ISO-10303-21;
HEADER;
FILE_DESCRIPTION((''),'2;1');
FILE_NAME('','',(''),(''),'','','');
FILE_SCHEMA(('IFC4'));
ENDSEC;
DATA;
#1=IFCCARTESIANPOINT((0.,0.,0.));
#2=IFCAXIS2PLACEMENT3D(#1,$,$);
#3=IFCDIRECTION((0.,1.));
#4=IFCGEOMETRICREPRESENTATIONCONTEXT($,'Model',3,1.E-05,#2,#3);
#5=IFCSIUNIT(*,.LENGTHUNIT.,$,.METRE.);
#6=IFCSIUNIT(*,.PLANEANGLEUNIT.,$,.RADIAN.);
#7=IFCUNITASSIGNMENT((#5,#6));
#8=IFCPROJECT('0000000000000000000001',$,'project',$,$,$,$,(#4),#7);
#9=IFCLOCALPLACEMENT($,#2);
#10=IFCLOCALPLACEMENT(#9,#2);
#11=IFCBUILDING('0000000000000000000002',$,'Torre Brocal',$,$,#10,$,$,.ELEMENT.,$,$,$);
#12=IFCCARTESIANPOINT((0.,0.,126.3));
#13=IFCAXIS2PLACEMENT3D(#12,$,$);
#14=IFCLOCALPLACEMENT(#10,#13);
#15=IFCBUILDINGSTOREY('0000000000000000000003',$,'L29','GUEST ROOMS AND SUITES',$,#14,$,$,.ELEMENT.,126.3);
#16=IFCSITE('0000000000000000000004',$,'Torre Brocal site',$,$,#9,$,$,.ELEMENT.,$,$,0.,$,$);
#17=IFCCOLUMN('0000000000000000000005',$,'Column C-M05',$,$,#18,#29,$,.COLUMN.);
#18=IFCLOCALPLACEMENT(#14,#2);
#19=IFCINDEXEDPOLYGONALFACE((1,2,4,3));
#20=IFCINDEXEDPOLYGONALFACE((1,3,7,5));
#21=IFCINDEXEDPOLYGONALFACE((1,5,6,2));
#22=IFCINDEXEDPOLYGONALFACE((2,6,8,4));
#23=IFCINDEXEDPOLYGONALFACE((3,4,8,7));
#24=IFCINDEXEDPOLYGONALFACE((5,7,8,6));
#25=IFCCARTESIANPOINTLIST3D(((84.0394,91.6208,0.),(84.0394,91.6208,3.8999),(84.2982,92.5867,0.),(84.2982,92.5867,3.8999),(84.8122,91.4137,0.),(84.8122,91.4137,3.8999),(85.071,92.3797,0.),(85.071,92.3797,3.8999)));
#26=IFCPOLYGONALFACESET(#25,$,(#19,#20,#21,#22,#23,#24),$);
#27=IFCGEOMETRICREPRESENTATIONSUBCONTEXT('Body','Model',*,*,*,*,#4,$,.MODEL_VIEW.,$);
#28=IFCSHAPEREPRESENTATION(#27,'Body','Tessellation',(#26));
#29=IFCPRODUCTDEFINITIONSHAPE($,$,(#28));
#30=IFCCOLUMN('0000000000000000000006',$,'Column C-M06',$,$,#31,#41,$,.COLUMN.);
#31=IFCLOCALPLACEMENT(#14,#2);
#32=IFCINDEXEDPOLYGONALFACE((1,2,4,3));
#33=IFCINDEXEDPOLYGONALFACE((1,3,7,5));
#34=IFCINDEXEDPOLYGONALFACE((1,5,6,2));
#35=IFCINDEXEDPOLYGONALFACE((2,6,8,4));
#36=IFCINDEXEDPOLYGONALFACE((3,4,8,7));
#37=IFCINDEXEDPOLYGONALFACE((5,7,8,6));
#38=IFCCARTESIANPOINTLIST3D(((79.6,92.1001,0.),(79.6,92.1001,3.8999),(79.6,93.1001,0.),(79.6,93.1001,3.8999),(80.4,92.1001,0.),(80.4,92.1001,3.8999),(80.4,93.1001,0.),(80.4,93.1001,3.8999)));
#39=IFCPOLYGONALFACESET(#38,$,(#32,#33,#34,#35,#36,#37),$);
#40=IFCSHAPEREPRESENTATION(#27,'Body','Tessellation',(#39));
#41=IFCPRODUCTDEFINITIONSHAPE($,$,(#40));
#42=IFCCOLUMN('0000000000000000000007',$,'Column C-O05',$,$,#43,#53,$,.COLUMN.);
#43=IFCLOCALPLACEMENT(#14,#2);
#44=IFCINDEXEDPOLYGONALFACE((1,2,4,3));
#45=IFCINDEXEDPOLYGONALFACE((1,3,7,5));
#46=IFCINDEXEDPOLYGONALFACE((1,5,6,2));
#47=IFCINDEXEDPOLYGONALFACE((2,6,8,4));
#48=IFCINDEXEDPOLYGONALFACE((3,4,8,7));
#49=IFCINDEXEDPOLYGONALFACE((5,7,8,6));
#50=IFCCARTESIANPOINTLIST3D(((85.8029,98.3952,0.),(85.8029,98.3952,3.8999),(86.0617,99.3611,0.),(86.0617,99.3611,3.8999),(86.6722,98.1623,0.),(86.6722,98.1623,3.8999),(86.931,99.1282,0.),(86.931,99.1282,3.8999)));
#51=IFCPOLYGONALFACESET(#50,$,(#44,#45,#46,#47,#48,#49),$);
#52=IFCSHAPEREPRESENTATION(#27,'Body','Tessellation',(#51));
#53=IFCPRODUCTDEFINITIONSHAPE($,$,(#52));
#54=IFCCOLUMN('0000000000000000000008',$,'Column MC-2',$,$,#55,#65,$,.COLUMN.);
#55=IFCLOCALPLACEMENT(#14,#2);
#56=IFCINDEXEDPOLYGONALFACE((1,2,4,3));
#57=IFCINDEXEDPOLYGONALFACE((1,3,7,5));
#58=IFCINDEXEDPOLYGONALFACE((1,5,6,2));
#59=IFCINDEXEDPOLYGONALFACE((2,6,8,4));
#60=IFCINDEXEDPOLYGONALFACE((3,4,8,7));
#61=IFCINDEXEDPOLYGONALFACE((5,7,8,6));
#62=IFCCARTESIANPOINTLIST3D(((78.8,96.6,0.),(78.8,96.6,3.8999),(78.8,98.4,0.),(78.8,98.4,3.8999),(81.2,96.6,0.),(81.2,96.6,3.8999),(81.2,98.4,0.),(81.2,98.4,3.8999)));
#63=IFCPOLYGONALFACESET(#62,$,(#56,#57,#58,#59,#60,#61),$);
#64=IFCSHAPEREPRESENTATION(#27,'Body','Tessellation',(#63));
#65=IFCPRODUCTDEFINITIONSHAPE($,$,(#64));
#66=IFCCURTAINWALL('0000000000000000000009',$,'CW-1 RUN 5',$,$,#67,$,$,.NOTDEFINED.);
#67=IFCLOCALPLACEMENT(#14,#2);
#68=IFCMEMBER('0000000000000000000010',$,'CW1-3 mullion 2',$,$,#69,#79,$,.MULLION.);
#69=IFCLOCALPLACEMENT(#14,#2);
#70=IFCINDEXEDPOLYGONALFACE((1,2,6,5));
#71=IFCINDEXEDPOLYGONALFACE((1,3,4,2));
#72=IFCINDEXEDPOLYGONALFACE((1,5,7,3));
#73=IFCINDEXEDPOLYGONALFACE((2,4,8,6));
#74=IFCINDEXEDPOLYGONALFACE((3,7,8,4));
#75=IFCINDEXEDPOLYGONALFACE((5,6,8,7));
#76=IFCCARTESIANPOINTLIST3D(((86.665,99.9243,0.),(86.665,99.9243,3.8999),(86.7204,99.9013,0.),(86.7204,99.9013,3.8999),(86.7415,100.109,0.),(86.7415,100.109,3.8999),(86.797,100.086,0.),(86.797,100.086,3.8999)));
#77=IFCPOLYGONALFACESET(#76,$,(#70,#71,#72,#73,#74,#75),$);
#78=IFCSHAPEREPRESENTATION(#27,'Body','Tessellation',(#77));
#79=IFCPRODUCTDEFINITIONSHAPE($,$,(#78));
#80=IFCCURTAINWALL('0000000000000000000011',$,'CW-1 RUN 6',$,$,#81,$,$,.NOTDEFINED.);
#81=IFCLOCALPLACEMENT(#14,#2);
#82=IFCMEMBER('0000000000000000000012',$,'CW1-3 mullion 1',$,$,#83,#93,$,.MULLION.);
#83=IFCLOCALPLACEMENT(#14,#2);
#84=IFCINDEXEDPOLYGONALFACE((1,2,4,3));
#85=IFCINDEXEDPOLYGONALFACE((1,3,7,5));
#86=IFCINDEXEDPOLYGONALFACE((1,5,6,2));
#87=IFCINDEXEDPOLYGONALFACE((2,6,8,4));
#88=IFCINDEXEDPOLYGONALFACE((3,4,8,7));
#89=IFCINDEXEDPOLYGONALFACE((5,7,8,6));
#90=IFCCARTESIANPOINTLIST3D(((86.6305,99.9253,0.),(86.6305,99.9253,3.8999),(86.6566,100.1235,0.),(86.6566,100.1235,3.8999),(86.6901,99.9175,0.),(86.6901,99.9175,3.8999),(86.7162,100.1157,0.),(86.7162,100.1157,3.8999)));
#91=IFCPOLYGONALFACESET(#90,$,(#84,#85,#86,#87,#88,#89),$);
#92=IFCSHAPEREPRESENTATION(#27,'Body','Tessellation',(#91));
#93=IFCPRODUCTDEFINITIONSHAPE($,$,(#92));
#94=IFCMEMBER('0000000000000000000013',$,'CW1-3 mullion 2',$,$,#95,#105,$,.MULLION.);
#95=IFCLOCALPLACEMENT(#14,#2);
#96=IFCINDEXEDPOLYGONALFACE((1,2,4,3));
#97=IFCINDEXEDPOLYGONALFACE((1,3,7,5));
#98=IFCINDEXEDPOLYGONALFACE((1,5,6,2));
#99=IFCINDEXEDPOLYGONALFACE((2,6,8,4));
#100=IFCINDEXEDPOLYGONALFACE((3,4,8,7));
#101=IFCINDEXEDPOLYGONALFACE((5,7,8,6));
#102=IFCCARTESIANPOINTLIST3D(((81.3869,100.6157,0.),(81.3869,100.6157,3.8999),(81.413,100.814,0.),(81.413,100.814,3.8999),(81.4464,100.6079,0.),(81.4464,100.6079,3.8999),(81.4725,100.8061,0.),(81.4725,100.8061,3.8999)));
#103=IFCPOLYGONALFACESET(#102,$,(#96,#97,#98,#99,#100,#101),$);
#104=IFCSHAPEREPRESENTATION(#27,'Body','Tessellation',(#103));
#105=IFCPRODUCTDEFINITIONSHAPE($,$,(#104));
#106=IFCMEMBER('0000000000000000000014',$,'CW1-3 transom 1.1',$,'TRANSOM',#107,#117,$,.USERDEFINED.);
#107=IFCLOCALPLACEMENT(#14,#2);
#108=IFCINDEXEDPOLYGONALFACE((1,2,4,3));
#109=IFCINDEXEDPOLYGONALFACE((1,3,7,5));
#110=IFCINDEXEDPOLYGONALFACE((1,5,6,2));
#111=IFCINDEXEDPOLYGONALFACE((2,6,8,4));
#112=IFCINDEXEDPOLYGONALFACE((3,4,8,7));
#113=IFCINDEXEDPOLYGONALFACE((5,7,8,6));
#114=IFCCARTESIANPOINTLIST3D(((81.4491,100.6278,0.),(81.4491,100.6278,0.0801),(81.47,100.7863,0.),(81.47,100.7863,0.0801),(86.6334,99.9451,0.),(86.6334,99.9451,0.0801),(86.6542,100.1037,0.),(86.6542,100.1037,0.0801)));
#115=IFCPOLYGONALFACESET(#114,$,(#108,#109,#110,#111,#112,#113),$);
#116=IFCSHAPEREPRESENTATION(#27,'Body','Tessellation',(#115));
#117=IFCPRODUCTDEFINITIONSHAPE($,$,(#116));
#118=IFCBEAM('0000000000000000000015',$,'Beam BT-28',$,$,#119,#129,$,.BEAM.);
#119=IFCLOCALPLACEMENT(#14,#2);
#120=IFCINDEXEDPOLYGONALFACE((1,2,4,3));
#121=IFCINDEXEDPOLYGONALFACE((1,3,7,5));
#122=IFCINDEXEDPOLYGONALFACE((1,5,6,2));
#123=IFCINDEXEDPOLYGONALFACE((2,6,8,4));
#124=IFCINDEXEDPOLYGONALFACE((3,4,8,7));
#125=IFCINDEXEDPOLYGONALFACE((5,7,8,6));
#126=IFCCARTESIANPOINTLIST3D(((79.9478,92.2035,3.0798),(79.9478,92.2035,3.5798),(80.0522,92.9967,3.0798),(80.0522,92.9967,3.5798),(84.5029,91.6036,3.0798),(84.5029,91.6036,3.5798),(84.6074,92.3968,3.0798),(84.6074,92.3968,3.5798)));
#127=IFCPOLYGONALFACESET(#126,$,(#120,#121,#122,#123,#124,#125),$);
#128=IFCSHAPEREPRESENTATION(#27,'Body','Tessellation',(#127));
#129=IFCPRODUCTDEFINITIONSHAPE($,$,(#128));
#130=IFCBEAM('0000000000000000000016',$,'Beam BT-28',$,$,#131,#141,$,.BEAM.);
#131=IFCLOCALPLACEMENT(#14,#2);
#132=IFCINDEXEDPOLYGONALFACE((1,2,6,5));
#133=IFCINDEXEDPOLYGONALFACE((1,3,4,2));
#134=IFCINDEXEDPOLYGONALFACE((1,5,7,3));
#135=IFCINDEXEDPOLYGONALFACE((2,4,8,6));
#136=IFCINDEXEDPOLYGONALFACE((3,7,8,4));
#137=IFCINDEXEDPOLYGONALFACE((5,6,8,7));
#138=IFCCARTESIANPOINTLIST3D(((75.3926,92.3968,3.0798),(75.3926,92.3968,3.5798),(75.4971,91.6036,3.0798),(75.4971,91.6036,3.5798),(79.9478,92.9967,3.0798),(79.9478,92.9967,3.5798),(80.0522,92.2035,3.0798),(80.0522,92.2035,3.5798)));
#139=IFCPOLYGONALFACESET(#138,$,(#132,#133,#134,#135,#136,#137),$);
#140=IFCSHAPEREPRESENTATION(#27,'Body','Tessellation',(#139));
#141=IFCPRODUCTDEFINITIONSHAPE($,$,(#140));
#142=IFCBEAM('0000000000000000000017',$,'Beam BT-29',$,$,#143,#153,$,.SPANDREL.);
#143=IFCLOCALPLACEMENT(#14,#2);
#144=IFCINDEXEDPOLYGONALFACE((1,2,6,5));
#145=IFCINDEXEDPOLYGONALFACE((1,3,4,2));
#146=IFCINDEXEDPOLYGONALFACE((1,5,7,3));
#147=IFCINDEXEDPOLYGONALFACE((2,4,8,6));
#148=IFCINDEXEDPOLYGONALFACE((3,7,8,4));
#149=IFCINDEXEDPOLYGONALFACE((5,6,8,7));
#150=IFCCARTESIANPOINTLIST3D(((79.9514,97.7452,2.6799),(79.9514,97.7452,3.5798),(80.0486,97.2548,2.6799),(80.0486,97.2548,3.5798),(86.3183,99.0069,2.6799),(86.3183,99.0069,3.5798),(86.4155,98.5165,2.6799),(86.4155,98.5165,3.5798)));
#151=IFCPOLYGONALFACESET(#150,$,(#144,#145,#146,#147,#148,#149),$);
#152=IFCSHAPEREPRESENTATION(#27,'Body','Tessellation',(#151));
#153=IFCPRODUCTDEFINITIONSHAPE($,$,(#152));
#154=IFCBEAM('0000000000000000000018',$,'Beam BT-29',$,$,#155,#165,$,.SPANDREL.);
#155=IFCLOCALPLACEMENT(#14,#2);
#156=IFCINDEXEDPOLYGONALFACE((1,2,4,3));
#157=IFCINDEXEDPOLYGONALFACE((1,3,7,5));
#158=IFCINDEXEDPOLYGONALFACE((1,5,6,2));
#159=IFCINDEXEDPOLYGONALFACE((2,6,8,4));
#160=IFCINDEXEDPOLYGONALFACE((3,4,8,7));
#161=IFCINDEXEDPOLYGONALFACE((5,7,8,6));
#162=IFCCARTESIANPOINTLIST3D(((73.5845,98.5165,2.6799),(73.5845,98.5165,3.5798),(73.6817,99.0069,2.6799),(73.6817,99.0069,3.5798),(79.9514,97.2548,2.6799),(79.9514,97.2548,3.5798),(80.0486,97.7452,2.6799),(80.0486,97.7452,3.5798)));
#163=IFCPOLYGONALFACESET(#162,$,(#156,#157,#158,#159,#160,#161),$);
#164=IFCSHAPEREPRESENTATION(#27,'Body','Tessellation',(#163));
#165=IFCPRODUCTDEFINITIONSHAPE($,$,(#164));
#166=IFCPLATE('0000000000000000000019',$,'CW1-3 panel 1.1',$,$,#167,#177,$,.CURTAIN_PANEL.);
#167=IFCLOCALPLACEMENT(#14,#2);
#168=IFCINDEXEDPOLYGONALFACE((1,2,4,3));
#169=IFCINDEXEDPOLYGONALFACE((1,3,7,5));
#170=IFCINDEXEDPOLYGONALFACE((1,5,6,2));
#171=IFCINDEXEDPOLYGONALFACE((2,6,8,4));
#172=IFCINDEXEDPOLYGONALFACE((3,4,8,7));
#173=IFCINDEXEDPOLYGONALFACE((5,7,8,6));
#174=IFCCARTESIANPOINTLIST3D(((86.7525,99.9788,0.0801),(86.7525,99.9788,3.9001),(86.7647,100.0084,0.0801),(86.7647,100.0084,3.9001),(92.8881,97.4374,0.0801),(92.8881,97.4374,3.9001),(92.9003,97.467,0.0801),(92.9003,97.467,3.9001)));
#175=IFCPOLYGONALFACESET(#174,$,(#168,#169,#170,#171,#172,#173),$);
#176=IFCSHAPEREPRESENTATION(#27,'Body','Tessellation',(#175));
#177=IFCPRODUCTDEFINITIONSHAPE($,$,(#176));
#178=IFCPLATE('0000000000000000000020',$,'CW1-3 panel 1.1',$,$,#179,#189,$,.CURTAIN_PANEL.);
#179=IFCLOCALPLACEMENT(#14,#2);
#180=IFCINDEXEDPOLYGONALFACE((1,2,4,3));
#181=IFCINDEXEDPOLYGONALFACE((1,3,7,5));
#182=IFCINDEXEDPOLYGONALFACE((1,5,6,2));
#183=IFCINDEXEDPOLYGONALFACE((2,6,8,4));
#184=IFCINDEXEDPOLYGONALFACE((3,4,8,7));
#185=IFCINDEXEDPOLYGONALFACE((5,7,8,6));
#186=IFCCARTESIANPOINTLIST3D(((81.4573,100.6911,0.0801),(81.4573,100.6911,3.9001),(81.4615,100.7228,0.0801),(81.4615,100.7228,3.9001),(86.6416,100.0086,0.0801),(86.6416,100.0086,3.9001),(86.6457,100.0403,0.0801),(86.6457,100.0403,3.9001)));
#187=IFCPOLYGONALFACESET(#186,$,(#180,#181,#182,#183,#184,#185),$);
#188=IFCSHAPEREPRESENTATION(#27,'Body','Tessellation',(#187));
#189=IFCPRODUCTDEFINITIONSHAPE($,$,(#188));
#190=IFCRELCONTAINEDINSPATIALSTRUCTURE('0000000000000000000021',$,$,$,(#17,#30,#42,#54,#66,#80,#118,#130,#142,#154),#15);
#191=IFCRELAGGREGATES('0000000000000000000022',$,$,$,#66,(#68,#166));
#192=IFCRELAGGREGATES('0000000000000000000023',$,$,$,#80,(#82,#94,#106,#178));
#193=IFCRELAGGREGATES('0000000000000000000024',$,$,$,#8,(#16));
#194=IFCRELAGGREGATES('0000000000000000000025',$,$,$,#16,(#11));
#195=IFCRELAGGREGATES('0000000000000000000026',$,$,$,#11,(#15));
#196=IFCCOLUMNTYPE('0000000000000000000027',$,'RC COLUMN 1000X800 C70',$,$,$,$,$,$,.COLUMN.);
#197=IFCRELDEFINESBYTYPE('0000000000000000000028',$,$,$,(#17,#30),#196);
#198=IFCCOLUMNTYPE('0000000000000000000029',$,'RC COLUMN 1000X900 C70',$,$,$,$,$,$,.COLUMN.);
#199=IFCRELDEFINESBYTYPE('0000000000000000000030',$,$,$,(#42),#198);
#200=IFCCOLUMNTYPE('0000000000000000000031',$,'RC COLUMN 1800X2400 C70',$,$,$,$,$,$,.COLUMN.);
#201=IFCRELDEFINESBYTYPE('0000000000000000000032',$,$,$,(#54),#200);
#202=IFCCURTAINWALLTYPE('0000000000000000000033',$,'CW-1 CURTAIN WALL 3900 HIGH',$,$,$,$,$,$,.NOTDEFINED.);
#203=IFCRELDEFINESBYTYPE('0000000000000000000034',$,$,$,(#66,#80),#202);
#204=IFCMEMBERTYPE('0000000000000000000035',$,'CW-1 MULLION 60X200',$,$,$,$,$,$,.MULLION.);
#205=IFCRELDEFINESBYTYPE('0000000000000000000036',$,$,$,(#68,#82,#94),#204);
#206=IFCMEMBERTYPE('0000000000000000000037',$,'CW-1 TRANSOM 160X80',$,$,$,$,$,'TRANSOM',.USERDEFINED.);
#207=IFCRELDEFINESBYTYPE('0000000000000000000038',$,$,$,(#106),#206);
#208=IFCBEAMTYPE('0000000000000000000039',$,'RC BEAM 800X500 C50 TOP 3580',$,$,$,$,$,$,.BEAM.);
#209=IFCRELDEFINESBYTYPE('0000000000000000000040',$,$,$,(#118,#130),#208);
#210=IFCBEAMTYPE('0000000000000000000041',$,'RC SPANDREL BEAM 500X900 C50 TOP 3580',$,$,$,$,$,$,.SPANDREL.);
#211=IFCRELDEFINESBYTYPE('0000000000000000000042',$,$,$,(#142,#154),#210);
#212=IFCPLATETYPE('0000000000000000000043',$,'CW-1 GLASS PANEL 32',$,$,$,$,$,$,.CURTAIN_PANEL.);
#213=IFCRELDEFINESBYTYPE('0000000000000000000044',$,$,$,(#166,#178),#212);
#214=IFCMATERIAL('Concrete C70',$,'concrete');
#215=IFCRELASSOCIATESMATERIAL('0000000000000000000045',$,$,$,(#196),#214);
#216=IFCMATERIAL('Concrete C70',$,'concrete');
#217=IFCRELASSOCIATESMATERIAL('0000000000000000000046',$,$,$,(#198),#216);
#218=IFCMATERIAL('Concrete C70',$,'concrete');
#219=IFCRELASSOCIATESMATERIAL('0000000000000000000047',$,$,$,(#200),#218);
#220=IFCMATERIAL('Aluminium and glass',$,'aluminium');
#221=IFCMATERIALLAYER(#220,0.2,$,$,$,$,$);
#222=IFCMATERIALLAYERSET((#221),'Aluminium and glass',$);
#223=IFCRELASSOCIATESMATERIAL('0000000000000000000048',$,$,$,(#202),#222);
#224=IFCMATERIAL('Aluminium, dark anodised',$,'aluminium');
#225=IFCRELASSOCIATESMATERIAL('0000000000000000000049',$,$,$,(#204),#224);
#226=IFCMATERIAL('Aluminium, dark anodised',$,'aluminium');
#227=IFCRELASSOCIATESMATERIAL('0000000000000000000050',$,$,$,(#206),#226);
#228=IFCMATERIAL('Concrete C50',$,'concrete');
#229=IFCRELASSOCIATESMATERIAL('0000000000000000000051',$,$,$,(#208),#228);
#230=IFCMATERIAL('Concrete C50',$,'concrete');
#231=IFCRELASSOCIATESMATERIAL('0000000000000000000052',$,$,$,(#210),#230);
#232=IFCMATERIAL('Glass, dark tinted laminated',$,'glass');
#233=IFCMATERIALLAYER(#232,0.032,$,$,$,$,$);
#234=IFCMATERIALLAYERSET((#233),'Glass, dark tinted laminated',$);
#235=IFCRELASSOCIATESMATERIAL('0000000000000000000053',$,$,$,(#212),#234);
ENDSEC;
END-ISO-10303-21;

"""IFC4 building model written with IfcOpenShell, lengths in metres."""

from ifc_helpers import new_model, si_unit, direction, frame, origin, origin_2d, place, context, subcontext, project, spatial, rectangle, extrude, material, layer, layer_set, material_profile, profile_set, type_object, element, aggregate, save


model = new_model("IFC4")

# Units and contexts
model_context = context("Model", 3, precision=1e-05, world=origin(), true_north=direction((0.0, 1.0)))
body_context = subcontext(model_context, "Body", "Model", "MODEL_VIEW")
ifc_project = project(units=[si_unit("LENGTHUNIT", "METRE"), si_unit("PLANEANGLEUNIT", "RADIAN")], contexts=[model_context])

# Site, building, storey
site_placement = place(None, origin())
site = spatial("IfcSite", under=ifc_project, at=site_placement, Name="Torre Brocal site", CompositionType="ELEMENT", RefElevation=0.0)
building_placement = place(site_placement, origin())
building = spatial("IfcBuilding", under=site, at=building_placement, Name="Torre Brocal", CompositionType="ELEMENT")
storey_placement = place(building_placement, frame((0.0, 0.0, 126.3)))
storey = spatial("IfcBuildingStorey", under=building, at=storey_placement, Name="L29", Description="GUEST ROOMS AND SUITES", CompositionType="ELEMENT", Elevation=126.3)

# Columns
ifc_material_1 = material(Name="Concrete C70", Category="concrete")
ifc_material_profile_1 = material_profile(ifc_material_1, rectangle(XDim=1.0, YDim=0.8, at=origin_2d()), Name="RC 1000X800")
ifc_profile_set_1 = profile_set([ifc_material_profile_1], Name="Concrete C70")
column_type_1 = type_object("IfcColumnType", Name="RC COLUMN 1000X800 C70", PredefinedType="COLUMN", material=ifc_profile_set_1)
for number, where, z_axis, x_axis, name in (
    (1, (84.5552, 92.0002, 0.0), (0.0, 0.0, 1.0), (0.258819, 0.965926, 0.0), "Column C-M05"),
    (2, (80.0, 92.6001, 0.0), (0.0, 0.0, 1.0), (0.0, 1.0, 0.0), "Column C-M06"),
):
    element("IfcColumn", number, at=place(storey_placement, frame(where, z_axis=z_axis, x_axis=x_axis)), inside=storey, type_object=column_type_1, Name=name, PredefinedType="COLUMN", context=body_context, shape_type="SweptSolid", body=[
        extrude(rectangle(XDim=1.0, YDim=0.8, at=origin_2d()), origin(), (0.0, 0.0, 1.0), 3.8999),
    ])
ifc_material_2 = material(Name="Concrete C70", Category="concrete")
ifc_material_profile_2 = material_profile(ifc_material_2, rectangle(XDim=1.0, YDim=0.8999, at=origin_2d()), Name="RC 1000X900")
ifc_profile_set_2 = profile_set([ifc_material_profile_2], Name="Concrete C70")
column_type_2 = type_object("IfcColumnType", Name="RC COLUMN 1000X900 C70", PredefinedType="COLUMN", material=ifc_profile_set_2)
column_1_placement = place(storey_placement, frame((86.3669, 98.7617, 0.0), z_axis=(0.0, 0.0, 1.0), x_axis=(0.258819, 0.965926, 0.0)))
element("IfcColumn", 3, at=column_1_placement, inside=storey, type_object=column_type_2, Name="Column C-O05", PredefinedType="COLUMN", context=body_context, shape_type="SweptSolid", body=[
    extrude(rectangle(XDim=1.0, YDim=0.8999, at=origin_2d()), origin(), (0.0, 0.0, 1.0), 3.8999),
])
ifc_material_3 = material(Name="Concrete C70", Category="concrete")
ifc_material_profile_3 = material_profile(ifc_material_3, rectangle(XDim=1.8, YDim=2.3999, at=origin_2d()), Name="RC 1800X2400")
ifc_profile_set_3 = profile_set([ifc_material_profile_3], Name="Concrete C70")
column_type_3 = type_object("IfcColumnType", Name="RC COLUMN 1800X2400 C70", PredefinedType="COLUMN", material=ifc_profile_set_3)
column_2_placement = place(storey_placement, frame((80.0, 97.5, 0.0), z_axis=(0.0, 0.0, 1.0), x_axis=(0.0, 1.0, 0.0)))
element("IfcColumn", 4, at=column_2_placement, inside=storey, type_object=column_type_3, Name="Column MC-2", PredefinedType="COLUMN", context=body_context, shape_type="SweptSolid", body=[
    extrude(rectangle(XDim=1.8, YDim=2.3999, at=origin_2d()), origin(), (0.0, 0.0, 1.0), 3.8999),
])

# Curtain wall, member
ifc_material_4 = material(Name="Aluminium and glass", Category="aluminium")
ifc_layer_1 = layer(ifc_material_4, 0.2)
ifc_layer_set_1 = layer_set([ifc_layer_1], Name="Aluminium and glass")
curtain_wall_type = type_object("IfcCurtainWallType", Name="CW-1 CURTAIN WALL 3900 HIGH", PredefinedType="NOTDEFINED", material=ifc_layer_set_1)
curtain_wall_1_placement = place(storey_placement, origin())
curtain_wall_1 = element("IfcCurtainWall", 5, at=curtain_wall_1_placement, inside=storey, type_object=curtain_wall_type, Name="CW-1 RUN 5", PredefinedType="NOTDEFINED")
ifc_material_5 = material(Name="Aluminium, dark anodised", Category="aluminium")
ifc_material_profile_4 = material_profile(ifc_material_5, rectangle(XDim=0.2, YDim=0.0601, at=origin_2d()), Name="CW-1 MULLION 60X200")
ifc_profile_set_4 = profile_set([ifc_material_profile_4], Name="Aluminium, dark anodised")
member_type_1 = type_object("IfcMemberType", Name="CW-1 MULLION 60X200", PredefinedType="MULLION", material=ifc_profile_set_4)
member_1_placement = place(storey_placement, frame((86.731, 100.0051, 0.0), z_axis=(0.0, 0.0, 1.0), x_axis=(-0.382683, -0.92388, 0.0)))
member_1 = element("IfcMember", 6, at=member_1_placement, type_object=member_type_1, Name="CW1-3 mullion 2", PredefinedType="MULLION", context=body_context, shape_type="SweptSolid", body=[
    extrude(rectangle(XDim=0.2, YDim=0.0601, at=origin_2d()), origin(), (0.0, 0.0, 1.0), 3.8999),
])

# Curtain wall, members
curtain_wall_2_placement = place(storey_placement, origin())
curtain_wall_2 = element("IfcCurtainWall", 7, at=curtain_wall_2_placement, inside=storey, type_object=curtain_wall_type, Name="CW-1 RUN 6", PredefinedType="NOTDEFINED")
member_2_placement = place(storey_placement, frame((86.6733, 100.0205, 0.0), z_axis=(0.0, 0.0, 1.0), x_axis=(-0.130526, -0.991445, 0.0)))
member_2 = element("IfcMember", 8, at=member_2_placement, type_object=member_type_1, Name="CW1-3 mullion 1", PredefinedType="MULLION", context=body_context, shape_type="SweptSolid", body=[
    extrude(rectangle(XDim=0.2, YDim=0.0601, at=origin_2d()), origin(), (0.0, 0.0, 1.0), 3.8999),
])
member_3_placement = place(storey_placement, frame((81.4297, 100.7109, 0.0), z_axis=(0.0, 0.0, 1.0), x_axis=(-0.130526, -0.991445, 0.0)))
member_3 = element("IfcMember", 9, at=member_3_placement, type_object=member_type_1, Name="CW1-3 mullion 2", PredefinedType="MULLION", context=body_context, shape_type="SweptSolid", body=[
    extrude(rectangle(XDim=0.2, YDim=0.0601, at=origin_2d()), origin(), (0.0, 0.0, 1.0), 3.8999),
])
ifc_material_6 = material(Name="Aluminium, dark anodised", Category="aluminium")
ifc_material_profile_5 = material_profile(ifc_material_6, rectangle(XDim=0.1599, YDim=0.0801, at=origin_2d()), Name="CW-1 TRANSOM 160X80")
ifc_profile_set_5 = profile_set([ifc_material_profile_5], Name="Aluminium, dark anodised")
member_type_2 = type_object("IfcMemberType", Name="CW-1 TRANSOM 160X80", ElementType="TRANSOM", PredefinedType="USERDEFINED", material=ifc_profile_set_5)
member_4_placement = place(storey_placement, frame((86.6438, 100.0244, 0.04), z_axis=(-0.991443, 0.130543, 0.0), x_axis=(-0.130543, -0.991443, 0.0)))
member_4 = element("IfcMember", 10, at=member_4_placement, type_object=member_type_2, Name="CW1-3 transom 1.1", ObjectType="TRANSOM", PredefinedType="USERDEFINED", context=body_context, shape_type="SweptSolid", body=[
    extrude(rectangle(XDim=0.1599, YDim=0.0801, at=origin_2d()), origin(), (0.0, 0.0, 1.0), 5.229),
])

# Beams
ifc_material_7 = material(Name="Concrete C50", Category="concrete")
ifc_material_profile_6 = material_profile(ifc_material_7, rectangle(XDim=0.8, YDim=0.5, at=origin_2d()), Name="RC 800X500")
ifc_profile_set_6 = profile_set([ifc_material_profile_6], Name="Concrete C50")
beam_type_1 = type_object("IfcBeamType", Name="RC BEAM 800X500 C50 TOP 3580", PredefinedType="BEAM", material=ifc_profile_set_6)
for number, where, z_axis, x_axis, name in (
    (11, (84.5552, 92.0002, 3.3298), (-0.991441, 0.130559, 0.0), (-0.130559, -0.991441, 0.0), "Beam BT-28"),
    (12, (80.0, 92.6001, 3.3298), (-0.991441, -0.130559, 0.0), (0.130559, -0.991441, 0.0), "Beam BT-28"),
):
    element("IfcBeam", number, at=place(storey_placement, frame(where, z_axis=z_axis, x_axis=x_axis)), inside=storey, type_object=beam_type_1, Name=name, PredefinedType="BEAM", context=body_context, shape_type="SweptSolid", body=[
        extrude(rectangle(XDim=0.8, YDim=0.5, at=origin_2d()), origin(), (0.0, 0.0, 1.0), 4.5945),
    ])
ifc_material_8 = material(Name="Concrete C50", Category="concrete")
ifc_material_profile_7 = material_profile(ifc_material_8, rectangle(XDim=0.5, YDim=0.8999, at=origin_2d()), Name="RC 500X900")
ifc_profile_set_7 = profile_set([ifc_material_profile_7], Name="Concrete C50")
beam_type_2 = type_object("IfcBeamType", Name="RC SPANDREL BEAM 500X900 C50 TOP 3580", PredefinedType="SPANDREL", material=ifc_profile_set_7)
for number, where, z_axis, x_axis, name in (
    (13, (86.3669, 98.7617, 3.1299), (-0.980925, -0.194387, 0.0), (0.194387, -0.980925, 0.0), "Beam BT-29"),
    (14, (80.0, 97.5, 3.1299), (-0.980925, 0.194387, 0.0), (-0.194387, -0.980925, 0.0), "Beam BT-29"),
):
    element("IfcBeam", number, at=place(storey_placement, frame(where, z_axis=z_axis, x_axis=x_axis)), inside=storey, type_object=beam_type_2, Name=name, PredefinedType="SPANDREL", context=body_context, shape_type="SweptSolid", body=[
        extrude(rectangle(XDim=0.5, YDim=0.8999, at=origin_2d()), origin(), (0.0, 0.0, 1.0), 6.4907),
    ])

# Plates
ifc_material_9 = material(Name="Glass, dark tinted laminated", Category="glass")
ifc_layer_2 = layer(ifc_material_9, 0.032)
ifc_layer_set_2 = layer_set([ifc_layer_2], Name="Glass, dark tinted laminated")
plate_type = type_object("IfcPlateType", Name="CW-1 GLASS PANEL 32", PredefinedType="CURTAIN_PANEL", material=ifc_layer_set_2)
plate_1_placement = place(storey_placement, frame((89.8264, 98.7229, 0.0801), z_axis=(0.0, 0.0, 1.0), x_axis=(-0.92388, 0.382683, 0.0)))
plate_1 = element("IfcPlate", 15, at=plate_1_placement, type_object=plate_type, Name="CW1-3 panel 1.1", PredefinedType="CURTAIN_PANEL", context=body_context, shape_type="SweptSolid", body=[
    extrude(rectangle(XDim=6.6411, YDim=0.032, at=origin_2d()), origin(), (0.0, 0.0, 1.0), 3.8201),
])
aggregate(curtain_wall_1, [member_1, plate_1])
plate_2_placement = place(storey_placement, frame((84.0515, 100.3657, 0.0801), z_axis=(0.0, 0.0, 1.0), x_axis=(-0.991445, 0.130526, 0.0)))
plate_2 = element("IfcPlate", 16, at=plate_2_placement, type_object=plate_type, Name="CW1-3 panel 1.1", PredefinedType="CURTAIN_PANEL", context=body_context, shape_type="SweptSolid", body=[
    extrude(rectangle(XDim=5.229, YDim=0.032, at=origin_2d()), origin(), (0.0, 0.0, 1.0), 3.8201),
])
aggregate(curtain_wall_2, [member_2, member_3, member_4, plate_2])

save(model, "model.ifc")
